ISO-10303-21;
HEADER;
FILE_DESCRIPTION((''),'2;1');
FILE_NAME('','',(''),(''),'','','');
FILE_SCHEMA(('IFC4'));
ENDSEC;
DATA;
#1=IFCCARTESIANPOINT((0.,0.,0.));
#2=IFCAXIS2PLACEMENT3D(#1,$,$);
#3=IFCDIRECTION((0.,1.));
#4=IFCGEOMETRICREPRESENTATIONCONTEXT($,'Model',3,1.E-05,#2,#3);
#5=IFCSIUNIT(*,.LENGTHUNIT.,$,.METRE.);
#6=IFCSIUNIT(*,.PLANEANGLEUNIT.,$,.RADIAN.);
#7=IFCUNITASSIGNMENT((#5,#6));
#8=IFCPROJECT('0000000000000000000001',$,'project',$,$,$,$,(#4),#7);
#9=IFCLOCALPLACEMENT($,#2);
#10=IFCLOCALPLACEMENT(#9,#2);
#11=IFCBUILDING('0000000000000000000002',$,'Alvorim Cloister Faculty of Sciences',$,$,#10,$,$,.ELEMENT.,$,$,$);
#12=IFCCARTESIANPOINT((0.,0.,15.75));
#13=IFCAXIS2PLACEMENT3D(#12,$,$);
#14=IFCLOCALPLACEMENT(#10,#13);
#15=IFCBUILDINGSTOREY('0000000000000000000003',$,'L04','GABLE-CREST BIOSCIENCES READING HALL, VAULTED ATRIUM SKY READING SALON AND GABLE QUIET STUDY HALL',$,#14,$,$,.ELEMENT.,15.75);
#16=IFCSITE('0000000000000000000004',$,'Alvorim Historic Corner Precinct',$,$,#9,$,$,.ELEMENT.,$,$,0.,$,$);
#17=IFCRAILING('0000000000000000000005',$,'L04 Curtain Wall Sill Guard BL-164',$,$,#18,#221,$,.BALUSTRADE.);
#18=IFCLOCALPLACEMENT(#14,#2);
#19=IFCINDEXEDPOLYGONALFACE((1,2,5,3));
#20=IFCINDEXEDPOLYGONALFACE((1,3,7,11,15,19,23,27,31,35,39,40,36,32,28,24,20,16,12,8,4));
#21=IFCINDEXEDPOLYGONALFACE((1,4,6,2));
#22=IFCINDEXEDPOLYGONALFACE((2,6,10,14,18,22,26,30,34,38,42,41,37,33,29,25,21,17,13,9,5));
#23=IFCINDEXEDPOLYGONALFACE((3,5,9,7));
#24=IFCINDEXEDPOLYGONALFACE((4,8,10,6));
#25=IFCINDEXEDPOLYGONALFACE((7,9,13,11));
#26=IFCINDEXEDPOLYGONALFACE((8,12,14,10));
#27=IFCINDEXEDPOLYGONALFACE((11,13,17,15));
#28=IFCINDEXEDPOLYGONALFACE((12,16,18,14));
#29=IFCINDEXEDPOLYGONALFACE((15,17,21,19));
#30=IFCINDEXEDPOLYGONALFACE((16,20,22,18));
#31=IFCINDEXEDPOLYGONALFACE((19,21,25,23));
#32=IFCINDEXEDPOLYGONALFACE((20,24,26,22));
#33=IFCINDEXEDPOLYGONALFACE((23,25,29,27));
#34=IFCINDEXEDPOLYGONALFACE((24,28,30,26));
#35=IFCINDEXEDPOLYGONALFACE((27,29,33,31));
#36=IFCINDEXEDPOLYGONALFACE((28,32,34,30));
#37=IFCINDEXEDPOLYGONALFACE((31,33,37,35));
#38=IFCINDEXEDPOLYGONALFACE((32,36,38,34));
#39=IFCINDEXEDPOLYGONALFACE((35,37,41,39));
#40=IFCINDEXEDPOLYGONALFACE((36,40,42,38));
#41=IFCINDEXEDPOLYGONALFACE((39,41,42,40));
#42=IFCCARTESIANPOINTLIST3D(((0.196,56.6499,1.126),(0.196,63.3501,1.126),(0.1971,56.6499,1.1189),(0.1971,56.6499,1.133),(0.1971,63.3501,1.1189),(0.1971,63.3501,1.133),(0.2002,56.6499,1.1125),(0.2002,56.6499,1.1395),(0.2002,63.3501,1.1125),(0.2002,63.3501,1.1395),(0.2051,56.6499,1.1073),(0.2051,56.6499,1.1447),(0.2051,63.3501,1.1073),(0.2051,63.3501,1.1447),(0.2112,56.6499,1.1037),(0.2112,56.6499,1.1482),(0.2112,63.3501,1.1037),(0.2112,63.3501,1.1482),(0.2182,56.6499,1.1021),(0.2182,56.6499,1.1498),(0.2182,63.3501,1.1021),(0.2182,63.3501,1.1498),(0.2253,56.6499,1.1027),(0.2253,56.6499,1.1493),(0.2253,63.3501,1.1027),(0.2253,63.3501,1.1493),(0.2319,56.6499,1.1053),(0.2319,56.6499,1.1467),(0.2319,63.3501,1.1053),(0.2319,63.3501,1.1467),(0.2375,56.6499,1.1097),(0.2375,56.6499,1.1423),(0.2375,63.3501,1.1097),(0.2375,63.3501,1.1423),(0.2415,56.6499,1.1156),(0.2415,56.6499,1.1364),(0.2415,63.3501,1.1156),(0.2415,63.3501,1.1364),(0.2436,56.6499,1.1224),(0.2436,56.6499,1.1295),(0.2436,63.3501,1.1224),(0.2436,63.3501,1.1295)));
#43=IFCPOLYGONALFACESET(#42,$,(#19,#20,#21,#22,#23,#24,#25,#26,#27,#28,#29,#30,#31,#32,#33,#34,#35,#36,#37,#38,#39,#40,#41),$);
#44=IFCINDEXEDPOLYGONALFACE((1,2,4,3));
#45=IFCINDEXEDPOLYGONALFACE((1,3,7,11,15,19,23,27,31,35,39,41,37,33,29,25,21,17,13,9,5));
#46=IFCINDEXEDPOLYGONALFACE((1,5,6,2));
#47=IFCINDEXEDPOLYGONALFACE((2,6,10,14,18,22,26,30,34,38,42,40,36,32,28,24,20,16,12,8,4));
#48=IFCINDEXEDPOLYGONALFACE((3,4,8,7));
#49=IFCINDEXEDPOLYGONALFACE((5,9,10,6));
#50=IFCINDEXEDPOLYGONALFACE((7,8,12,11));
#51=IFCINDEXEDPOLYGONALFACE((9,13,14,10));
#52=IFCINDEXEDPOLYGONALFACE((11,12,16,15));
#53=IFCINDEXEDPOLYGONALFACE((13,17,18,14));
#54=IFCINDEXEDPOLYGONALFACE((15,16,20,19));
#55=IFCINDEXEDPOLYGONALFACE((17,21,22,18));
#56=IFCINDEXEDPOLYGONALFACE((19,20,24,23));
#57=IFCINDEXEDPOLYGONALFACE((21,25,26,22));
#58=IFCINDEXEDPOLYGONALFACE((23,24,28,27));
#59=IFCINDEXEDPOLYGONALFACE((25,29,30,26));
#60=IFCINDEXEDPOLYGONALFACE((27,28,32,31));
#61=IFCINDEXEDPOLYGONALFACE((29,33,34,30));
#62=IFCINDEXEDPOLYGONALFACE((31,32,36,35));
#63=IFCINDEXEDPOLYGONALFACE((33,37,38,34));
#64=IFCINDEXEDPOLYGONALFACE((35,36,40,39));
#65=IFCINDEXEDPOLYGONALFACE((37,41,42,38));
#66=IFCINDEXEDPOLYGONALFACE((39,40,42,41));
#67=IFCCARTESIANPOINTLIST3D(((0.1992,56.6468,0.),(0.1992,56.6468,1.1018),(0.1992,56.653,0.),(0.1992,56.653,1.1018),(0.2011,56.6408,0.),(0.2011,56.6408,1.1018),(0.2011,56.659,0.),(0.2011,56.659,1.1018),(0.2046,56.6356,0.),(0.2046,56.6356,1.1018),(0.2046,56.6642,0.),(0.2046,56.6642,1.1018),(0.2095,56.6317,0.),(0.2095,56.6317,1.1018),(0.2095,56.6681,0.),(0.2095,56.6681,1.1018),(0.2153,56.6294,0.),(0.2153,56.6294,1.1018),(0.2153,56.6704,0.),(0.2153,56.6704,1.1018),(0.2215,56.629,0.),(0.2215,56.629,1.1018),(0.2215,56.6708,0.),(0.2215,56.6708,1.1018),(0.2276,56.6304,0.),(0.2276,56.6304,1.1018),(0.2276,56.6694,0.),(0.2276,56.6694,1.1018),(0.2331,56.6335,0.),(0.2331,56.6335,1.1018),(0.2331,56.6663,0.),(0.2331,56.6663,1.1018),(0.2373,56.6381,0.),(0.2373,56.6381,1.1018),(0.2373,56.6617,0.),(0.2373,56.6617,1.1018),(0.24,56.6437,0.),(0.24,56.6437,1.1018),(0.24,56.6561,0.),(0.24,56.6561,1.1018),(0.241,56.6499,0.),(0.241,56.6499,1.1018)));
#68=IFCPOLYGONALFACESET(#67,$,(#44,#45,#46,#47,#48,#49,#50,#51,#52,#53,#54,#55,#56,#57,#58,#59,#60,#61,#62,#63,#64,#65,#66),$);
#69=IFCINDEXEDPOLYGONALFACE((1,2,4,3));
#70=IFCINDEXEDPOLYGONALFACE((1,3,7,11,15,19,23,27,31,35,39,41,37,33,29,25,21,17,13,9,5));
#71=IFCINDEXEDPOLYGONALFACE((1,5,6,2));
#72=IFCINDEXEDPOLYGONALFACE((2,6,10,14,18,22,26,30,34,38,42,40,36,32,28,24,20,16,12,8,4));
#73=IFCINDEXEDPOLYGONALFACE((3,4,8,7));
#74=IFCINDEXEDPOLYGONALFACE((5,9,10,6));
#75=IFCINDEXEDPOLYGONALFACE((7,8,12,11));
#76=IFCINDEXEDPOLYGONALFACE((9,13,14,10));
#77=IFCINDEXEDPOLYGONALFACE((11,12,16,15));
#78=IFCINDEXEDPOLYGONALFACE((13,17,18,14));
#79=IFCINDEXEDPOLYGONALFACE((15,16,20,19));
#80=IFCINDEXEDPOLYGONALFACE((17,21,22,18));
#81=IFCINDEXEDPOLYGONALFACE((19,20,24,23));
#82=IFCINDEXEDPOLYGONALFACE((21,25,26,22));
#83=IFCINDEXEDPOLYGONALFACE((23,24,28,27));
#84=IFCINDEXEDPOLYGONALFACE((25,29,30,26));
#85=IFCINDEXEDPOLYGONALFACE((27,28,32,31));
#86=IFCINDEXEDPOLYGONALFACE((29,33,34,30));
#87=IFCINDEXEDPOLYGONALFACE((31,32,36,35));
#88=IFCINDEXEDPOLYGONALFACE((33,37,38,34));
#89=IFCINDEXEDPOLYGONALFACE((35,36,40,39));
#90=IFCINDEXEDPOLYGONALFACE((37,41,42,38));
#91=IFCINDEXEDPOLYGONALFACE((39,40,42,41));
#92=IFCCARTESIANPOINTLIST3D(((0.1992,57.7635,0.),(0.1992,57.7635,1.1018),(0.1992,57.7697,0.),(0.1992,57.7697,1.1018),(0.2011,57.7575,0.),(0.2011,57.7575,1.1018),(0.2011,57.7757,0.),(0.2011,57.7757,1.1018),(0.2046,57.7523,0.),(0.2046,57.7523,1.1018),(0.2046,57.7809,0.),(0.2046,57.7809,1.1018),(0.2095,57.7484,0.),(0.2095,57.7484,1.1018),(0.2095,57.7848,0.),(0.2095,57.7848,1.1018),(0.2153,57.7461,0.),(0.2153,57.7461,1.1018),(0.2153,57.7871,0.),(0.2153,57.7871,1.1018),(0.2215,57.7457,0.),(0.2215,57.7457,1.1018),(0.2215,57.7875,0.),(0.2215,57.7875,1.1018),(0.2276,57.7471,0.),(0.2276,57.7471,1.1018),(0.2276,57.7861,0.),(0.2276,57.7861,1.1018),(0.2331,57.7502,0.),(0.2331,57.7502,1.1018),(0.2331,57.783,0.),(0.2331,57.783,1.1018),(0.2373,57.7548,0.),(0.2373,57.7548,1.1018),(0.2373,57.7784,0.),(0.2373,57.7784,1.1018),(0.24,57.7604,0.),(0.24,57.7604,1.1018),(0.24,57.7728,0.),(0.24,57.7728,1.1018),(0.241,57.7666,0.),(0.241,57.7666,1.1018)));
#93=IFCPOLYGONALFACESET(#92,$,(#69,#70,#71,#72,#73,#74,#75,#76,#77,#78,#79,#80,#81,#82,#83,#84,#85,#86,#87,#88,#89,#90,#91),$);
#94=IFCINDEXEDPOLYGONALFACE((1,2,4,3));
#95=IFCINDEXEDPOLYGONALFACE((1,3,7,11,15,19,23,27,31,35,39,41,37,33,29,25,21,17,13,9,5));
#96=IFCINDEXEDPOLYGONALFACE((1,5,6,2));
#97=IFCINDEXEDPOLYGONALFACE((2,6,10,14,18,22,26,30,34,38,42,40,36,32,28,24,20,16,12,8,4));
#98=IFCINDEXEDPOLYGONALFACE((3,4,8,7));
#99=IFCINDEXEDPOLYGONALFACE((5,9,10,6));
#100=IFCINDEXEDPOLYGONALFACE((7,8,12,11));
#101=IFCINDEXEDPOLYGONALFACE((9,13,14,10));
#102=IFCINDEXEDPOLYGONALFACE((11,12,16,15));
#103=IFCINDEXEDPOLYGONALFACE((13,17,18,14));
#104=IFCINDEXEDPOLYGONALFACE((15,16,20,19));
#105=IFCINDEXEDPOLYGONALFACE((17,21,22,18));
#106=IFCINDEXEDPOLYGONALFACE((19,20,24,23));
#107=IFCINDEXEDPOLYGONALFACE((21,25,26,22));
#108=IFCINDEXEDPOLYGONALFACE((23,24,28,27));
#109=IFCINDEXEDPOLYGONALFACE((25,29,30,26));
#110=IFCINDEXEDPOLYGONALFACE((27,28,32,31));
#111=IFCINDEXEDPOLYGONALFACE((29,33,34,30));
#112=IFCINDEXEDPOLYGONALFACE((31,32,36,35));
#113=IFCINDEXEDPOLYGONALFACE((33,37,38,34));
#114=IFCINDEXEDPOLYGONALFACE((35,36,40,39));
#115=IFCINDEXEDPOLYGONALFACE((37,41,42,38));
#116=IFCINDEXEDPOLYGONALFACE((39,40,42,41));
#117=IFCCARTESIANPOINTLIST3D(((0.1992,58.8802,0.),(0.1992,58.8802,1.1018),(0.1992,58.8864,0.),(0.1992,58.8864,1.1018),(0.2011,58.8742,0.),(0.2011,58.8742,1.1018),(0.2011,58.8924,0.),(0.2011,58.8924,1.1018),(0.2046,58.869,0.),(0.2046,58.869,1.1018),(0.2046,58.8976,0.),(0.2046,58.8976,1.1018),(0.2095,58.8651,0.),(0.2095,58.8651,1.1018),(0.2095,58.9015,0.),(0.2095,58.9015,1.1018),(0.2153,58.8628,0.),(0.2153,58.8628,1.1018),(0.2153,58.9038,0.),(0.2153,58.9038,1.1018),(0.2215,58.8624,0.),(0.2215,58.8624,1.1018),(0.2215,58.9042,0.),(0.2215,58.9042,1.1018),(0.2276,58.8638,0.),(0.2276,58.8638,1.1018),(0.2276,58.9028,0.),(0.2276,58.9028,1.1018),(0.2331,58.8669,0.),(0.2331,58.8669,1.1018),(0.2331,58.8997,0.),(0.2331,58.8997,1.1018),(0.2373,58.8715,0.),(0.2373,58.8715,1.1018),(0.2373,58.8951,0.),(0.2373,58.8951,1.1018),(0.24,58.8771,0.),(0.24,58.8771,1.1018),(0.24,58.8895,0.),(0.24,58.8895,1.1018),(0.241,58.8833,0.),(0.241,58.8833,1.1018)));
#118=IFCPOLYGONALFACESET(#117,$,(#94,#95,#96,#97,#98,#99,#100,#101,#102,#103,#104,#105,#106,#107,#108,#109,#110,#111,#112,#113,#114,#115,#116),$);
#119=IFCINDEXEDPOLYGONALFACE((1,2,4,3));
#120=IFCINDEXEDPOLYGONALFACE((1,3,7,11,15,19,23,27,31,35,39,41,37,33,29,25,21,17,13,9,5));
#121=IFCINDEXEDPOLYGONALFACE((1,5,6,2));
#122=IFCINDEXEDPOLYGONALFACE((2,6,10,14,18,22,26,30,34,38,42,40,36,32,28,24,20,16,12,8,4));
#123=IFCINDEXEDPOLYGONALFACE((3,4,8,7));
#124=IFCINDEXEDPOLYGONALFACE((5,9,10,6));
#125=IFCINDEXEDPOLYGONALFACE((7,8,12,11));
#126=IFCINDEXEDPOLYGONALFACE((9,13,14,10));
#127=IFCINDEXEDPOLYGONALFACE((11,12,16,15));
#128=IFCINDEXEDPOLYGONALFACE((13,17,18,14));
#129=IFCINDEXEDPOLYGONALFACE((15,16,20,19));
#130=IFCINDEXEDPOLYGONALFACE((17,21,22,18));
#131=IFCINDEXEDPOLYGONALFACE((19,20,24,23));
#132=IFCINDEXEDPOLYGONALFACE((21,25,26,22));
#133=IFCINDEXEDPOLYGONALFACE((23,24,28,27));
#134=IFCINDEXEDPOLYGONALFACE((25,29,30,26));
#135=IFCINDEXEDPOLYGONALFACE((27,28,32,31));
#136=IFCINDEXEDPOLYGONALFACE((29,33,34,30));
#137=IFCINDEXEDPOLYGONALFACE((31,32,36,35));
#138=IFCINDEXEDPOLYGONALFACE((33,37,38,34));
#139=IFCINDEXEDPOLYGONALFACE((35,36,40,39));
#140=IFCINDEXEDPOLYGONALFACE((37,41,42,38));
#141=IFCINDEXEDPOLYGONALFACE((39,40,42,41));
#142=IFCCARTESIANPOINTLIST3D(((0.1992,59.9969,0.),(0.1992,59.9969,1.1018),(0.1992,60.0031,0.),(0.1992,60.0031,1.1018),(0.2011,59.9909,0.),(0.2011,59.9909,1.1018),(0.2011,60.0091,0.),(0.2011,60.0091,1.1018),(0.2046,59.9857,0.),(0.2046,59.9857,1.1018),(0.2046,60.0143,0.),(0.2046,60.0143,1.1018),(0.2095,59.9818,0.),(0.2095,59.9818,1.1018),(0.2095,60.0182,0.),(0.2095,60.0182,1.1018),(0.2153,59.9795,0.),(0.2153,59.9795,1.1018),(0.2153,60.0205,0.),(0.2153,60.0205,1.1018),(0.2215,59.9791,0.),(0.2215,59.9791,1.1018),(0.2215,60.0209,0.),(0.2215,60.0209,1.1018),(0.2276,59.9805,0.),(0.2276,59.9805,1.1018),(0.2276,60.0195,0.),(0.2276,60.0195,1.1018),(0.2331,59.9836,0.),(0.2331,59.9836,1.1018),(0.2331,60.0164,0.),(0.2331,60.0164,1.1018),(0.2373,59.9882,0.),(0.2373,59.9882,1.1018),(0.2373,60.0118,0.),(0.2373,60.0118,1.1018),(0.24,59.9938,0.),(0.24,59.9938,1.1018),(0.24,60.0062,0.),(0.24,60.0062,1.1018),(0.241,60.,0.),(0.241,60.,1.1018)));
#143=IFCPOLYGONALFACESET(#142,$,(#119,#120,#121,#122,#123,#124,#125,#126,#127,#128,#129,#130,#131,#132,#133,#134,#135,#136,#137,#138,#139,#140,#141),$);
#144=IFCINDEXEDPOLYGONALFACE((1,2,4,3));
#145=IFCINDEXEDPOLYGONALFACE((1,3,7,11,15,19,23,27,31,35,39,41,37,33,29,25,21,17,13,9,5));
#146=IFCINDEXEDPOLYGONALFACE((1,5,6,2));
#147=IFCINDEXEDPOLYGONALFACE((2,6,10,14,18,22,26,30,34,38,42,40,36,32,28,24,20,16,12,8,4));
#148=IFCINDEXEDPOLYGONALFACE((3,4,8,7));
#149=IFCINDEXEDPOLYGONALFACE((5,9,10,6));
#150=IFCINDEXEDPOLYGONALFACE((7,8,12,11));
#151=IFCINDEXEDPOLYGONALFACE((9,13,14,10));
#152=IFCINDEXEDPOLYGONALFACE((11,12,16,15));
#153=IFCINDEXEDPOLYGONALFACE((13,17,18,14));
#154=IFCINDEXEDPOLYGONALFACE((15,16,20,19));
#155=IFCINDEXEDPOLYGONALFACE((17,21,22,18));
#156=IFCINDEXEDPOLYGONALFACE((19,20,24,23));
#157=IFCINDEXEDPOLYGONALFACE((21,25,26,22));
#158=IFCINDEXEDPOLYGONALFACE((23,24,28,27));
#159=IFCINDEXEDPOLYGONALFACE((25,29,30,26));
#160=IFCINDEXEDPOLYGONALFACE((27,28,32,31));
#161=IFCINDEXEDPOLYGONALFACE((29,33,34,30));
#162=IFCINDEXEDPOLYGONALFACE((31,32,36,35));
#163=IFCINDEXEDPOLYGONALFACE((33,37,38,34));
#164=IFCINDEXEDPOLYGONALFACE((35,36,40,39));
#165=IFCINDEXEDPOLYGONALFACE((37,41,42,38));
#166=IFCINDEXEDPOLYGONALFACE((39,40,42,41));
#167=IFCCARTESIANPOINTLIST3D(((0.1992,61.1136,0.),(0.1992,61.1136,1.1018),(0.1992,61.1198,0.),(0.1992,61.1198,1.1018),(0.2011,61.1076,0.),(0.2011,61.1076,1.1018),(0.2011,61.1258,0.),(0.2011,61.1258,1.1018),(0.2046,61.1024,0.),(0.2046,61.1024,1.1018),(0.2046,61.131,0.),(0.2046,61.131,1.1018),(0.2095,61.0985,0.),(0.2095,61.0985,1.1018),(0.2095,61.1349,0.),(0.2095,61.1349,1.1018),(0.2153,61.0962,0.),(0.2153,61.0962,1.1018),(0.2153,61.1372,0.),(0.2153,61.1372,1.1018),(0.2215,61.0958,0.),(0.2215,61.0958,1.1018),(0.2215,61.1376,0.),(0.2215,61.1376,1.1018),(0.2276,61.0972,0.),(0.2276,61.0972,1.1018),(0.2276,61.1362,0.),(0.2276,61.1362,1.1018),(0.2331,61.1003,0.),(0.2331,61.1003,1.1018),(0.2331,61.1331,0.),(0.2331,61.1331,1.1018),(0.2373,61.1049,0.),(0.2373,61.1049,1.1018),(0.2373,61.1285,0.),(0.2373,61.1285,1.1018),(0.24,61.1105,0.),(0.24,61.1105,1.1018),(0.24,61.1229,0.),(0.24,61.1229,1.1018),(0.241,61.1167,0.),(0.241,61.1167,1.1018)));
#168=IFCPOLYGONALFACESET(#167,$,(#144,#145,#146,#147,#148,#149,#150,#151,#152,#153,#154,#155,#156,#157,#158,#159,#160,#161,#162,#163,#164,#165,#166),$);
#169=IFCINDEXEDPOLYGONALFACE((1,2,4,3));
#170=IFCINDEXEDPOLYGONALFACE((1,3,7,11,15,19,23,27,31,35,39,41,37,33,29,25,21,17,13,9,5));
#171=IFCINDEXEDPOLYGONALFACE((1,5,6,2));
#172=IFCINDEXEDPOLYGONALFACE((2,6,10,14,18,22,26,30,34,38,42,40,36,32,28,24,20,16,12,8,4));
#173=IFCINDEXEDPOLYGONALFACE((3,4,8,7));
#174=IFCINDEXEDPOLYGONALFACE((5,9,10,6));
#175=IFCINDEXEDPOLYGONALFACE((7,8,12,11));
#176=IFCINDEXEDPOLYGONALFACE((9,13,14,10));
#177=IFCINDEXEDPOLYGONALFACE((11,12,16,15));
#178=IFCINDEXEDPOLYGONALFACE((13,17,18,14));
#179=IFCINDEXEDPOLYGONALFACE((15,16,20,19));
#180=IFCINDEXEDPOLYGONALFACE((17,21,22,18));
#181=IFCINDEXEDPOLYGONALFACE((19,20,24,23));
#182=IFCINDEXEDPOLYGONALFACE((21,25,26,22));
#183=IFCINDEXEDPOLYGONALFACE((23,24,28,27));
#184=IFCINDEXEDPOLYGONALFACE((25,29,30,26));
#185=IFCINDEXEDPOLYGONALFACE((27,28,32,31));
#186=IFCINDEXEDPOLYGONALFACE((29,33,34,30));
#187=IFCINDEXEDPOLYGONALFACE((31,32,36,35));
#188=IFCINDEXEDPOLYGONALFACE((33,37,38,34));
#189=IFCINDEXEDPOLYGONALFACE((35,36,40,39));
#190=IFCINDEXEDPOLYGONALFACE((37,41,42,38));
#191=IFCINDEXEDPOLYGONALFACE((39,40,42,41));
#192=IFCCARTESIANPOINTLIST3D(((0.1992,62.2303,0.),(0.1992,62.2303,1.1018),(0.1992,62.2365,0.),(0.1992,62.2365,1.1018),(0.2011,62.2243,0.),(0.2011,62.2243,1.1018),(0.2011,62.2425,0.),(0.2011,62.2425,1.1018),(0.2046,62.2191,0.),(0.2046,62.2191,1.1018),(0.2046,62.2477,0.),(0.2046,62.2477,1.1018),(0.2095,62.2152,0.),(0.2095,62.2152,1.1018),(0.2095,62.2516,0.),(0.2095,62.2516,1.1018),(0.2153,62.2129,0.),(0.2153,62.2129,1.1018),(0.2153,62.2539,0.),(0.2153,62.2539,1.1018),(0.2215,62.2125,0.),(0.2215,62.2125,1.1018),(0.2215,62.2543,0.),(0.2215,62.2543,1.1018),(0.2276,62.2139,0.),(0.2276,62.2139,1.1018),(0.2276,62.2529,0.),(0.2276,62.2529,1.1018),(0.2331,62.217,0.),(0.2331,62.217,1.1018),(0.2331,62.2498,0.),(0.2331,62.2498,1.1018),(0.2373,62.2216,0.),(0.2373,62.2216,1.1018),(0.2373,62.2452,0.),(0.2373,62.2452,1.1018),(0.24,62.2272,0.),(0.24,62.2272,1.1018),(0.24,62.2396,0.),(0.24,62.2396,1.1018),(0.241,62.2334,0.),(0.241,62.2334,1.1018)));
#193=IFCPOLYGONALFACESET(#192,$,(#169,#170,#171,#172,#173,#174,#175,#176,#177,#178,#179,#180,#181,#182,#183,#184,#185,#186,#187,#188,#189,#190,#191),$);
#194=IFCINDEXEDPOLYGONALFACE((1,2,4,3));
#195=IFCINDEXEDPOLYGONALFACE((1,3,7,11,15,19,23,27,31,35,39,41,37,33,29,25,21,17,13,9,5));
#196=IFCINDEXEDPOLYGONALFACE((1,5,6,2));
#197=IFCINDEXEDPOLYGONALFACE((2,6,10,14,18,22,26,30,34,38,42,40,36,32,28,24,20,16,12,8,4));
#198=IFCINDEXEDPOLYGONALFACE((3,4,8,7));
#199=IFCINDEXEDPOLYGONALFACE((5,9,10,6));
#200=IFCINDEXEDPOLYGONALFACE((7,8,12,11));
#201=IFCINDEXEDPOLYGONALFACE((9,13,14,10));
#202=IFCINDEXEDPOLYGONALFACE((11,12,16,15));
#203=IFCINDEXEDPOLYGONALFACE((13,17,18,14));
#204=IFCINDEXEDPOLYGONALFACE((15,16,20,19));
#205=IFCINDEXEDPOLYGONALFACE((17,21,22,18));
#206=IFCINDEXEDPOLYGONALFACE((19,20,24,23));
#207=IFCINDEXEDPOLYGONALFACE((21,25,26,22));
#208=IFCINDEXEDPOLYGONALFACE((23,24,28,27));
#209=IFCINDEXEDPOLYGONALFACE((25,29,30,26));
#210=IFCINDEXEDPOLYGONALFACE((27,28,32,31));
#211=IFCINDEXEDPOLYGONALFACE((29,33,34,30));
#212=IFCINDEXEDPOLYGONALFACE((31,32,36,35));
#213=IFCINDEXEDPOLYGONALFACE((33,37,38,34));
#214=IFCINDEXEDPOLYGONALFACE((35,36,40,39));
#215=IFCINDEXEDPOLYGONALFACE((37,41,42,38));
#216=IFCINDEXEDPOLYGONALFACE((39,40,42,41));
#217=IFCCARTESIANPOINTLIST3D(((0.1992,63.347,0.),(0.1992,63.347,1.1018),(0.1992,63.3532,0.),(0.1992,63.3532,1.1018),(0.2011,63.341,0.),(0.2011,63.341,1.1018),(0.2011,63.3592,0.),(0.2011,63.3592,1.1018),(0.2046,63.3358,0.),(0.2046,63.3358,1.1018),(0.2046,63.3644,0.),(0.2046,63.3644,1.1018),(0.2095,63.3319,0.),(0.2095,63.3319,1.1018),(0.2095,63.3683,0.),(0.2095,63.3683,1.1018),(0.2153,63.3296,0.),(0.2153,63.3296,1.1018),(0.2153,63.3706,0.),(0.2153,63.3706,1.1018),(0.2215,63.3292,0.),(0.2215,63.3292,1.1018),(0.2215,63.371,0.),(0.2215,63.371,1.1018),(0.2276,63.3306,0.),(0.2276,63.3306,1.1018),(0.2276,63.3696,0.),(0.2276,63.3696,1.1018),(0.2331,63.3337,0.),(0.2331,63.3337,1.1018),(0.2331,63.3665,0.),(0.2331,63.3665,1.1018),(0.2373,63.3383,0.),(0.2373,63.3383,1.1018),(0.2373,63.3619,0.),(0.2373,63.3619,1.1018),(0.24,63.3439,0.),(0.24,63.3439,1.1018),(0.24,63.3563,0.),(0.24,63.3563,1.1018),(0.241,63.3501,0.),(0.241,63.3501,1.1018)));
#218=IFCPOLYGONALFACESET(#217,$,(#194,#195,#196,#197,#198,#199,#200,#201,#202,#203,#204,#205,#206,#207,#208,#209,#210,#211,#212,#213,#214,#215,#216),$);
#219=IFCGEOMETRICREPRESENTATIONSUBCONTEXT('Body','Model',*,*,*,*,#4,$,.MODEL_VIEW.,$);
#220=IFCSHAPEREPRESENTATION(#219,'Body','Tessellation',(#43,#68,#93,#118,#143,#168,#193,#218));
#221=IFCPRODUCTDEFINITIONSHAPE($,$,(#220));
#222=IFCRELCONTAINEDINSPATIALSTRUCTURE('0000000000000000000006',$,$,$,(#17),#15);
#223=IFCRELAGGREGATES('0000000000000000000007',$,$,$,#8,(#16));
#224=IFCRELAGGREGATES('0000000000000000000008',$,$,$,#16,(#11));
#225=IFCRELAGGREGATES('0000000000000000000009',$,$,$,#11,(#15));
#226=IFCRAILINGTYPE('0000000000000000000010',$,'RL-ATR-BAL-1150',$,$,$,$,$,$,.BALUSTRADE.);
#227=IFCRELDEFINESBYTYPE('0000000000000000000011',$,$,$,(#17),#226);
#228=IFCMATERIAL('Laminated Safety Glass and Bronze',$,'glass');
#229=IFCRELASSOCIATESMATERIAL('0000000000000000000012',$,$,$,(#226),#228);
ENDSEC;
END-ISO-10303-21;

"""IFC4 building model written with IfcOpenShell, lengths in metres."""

from ifc_helpers import new_model, si_unit, direction, frame, origin, origin_2d, place, context, subcontext, project, spatial, circle, extrude, material, type_object, element, save


model = new_model("IFC4")

# Units and contexts
model_context = context("Model", 3, precision=1e-05, world=origin(), true_north=direction((0.0, 1.0)))
body_context = subcontext(model_context, "Body", "Model", "MODEL_VIEW")
ifc_project = project(units=[si_unit("LENGTHUNIT", "METRE"), si_unit("PLANEANGLEUNIT", "RADIAN")], contexts=[model_context])

# Site, building, storey
site_placement = place(None, origin())
site = spatial("IfcSite", under=ifc_project, at=site_placement, Name="Alvorim Historic Corner Precinct", CompositionType="ELEMENT", RefElevation=0.0)
building_placement = place(site_placement, origin())
building = spatial("IfcBuilding", under=site, at=building_placement, Name="Alvorim Cloister Faculty of Sciences", CompositionType="ELEMENT")
storey_placement = place(building_placement, frame((0.0, 0.0, 15.75)))
storey = spatial("IfcBuildingStorey", under=building, at=storey_placement, Name="L04", Description="GABLE-CREST BIOSCIENCES READING HALL, VAULTED ATRIUM SKY READING SALON AND GABLE QUIET STUDY HALL", CompositionType="ELEMENT", Elevation=15.75)

# Railing
ifc_material_1 = material(Name="Laminated Safety Glass and Bronze", Category="glass")
railing_type = type_object("IfcRailingType", Name="RL-ATR-BAL-1150", PredefinedType="BALUSTRADE", material=ifc_material_1)
railing_placement = place(storey_placement, frame((0.22, 56.6499, 0.0)))
element("IfcRailing", 1, at=railing_placement, inside=storey, type_object=railing_type, Name="L04 Curtain Wall Sill Guard BL-164", PredefinedType="BALUSTRADE", context=body_context, shape_type="SweptSolid", body=[
    extrude(circle(Radius=0.0239, at=origin_2d()), frame((0.0, 0.0, 1.126), z_axis=(0.0, 1.0, 0.0), x_axis=(-1.0, 0.0, 0.0)), (0.0, 0.0, 1.0), 6.7002),
    extrude(circle(Radius=0.021, at=origin_2d()), origin(), (0.0, 0.0, 1.0), 1.1018),
    extrude(circle(Radius=0.021, at=origin_2d()), frame((0.0, 1.1167, 0.0)), (0.0, 0.0, 1.0), 1.1018),
    extrude(circle(Radius=0.021, at=origin_2d()), frame((0.0, 2.2334, 0.0)), (0.0, 0.0, 1.0), 1.1018),
    extrude(circle(Radius=0.021, at=origin_2d()), frame((0.0, 3.3501, 0.0)), (0.0, 0.0, 1.0), 1.1018),
    extrude(circle(Radius=0.021, at=origin_2d()), frame((0.0, 4.4668, 0.0)), (0.0, 0.0, 1.0), 1.1018),
    extrude(circle(Radius=0.021, at=origin_2d()), frame((0.0, 5.5835, 0.0)), (0.0, 0.0, 1.0), 1.1018),
    extrude(circle(Radius=0.021, at=origin_2d()), frame((0.0, 6.7002, 0.0)), (0.0, 0.0, 1.0), 1.1018),
])

save(model, "model.ifc")
